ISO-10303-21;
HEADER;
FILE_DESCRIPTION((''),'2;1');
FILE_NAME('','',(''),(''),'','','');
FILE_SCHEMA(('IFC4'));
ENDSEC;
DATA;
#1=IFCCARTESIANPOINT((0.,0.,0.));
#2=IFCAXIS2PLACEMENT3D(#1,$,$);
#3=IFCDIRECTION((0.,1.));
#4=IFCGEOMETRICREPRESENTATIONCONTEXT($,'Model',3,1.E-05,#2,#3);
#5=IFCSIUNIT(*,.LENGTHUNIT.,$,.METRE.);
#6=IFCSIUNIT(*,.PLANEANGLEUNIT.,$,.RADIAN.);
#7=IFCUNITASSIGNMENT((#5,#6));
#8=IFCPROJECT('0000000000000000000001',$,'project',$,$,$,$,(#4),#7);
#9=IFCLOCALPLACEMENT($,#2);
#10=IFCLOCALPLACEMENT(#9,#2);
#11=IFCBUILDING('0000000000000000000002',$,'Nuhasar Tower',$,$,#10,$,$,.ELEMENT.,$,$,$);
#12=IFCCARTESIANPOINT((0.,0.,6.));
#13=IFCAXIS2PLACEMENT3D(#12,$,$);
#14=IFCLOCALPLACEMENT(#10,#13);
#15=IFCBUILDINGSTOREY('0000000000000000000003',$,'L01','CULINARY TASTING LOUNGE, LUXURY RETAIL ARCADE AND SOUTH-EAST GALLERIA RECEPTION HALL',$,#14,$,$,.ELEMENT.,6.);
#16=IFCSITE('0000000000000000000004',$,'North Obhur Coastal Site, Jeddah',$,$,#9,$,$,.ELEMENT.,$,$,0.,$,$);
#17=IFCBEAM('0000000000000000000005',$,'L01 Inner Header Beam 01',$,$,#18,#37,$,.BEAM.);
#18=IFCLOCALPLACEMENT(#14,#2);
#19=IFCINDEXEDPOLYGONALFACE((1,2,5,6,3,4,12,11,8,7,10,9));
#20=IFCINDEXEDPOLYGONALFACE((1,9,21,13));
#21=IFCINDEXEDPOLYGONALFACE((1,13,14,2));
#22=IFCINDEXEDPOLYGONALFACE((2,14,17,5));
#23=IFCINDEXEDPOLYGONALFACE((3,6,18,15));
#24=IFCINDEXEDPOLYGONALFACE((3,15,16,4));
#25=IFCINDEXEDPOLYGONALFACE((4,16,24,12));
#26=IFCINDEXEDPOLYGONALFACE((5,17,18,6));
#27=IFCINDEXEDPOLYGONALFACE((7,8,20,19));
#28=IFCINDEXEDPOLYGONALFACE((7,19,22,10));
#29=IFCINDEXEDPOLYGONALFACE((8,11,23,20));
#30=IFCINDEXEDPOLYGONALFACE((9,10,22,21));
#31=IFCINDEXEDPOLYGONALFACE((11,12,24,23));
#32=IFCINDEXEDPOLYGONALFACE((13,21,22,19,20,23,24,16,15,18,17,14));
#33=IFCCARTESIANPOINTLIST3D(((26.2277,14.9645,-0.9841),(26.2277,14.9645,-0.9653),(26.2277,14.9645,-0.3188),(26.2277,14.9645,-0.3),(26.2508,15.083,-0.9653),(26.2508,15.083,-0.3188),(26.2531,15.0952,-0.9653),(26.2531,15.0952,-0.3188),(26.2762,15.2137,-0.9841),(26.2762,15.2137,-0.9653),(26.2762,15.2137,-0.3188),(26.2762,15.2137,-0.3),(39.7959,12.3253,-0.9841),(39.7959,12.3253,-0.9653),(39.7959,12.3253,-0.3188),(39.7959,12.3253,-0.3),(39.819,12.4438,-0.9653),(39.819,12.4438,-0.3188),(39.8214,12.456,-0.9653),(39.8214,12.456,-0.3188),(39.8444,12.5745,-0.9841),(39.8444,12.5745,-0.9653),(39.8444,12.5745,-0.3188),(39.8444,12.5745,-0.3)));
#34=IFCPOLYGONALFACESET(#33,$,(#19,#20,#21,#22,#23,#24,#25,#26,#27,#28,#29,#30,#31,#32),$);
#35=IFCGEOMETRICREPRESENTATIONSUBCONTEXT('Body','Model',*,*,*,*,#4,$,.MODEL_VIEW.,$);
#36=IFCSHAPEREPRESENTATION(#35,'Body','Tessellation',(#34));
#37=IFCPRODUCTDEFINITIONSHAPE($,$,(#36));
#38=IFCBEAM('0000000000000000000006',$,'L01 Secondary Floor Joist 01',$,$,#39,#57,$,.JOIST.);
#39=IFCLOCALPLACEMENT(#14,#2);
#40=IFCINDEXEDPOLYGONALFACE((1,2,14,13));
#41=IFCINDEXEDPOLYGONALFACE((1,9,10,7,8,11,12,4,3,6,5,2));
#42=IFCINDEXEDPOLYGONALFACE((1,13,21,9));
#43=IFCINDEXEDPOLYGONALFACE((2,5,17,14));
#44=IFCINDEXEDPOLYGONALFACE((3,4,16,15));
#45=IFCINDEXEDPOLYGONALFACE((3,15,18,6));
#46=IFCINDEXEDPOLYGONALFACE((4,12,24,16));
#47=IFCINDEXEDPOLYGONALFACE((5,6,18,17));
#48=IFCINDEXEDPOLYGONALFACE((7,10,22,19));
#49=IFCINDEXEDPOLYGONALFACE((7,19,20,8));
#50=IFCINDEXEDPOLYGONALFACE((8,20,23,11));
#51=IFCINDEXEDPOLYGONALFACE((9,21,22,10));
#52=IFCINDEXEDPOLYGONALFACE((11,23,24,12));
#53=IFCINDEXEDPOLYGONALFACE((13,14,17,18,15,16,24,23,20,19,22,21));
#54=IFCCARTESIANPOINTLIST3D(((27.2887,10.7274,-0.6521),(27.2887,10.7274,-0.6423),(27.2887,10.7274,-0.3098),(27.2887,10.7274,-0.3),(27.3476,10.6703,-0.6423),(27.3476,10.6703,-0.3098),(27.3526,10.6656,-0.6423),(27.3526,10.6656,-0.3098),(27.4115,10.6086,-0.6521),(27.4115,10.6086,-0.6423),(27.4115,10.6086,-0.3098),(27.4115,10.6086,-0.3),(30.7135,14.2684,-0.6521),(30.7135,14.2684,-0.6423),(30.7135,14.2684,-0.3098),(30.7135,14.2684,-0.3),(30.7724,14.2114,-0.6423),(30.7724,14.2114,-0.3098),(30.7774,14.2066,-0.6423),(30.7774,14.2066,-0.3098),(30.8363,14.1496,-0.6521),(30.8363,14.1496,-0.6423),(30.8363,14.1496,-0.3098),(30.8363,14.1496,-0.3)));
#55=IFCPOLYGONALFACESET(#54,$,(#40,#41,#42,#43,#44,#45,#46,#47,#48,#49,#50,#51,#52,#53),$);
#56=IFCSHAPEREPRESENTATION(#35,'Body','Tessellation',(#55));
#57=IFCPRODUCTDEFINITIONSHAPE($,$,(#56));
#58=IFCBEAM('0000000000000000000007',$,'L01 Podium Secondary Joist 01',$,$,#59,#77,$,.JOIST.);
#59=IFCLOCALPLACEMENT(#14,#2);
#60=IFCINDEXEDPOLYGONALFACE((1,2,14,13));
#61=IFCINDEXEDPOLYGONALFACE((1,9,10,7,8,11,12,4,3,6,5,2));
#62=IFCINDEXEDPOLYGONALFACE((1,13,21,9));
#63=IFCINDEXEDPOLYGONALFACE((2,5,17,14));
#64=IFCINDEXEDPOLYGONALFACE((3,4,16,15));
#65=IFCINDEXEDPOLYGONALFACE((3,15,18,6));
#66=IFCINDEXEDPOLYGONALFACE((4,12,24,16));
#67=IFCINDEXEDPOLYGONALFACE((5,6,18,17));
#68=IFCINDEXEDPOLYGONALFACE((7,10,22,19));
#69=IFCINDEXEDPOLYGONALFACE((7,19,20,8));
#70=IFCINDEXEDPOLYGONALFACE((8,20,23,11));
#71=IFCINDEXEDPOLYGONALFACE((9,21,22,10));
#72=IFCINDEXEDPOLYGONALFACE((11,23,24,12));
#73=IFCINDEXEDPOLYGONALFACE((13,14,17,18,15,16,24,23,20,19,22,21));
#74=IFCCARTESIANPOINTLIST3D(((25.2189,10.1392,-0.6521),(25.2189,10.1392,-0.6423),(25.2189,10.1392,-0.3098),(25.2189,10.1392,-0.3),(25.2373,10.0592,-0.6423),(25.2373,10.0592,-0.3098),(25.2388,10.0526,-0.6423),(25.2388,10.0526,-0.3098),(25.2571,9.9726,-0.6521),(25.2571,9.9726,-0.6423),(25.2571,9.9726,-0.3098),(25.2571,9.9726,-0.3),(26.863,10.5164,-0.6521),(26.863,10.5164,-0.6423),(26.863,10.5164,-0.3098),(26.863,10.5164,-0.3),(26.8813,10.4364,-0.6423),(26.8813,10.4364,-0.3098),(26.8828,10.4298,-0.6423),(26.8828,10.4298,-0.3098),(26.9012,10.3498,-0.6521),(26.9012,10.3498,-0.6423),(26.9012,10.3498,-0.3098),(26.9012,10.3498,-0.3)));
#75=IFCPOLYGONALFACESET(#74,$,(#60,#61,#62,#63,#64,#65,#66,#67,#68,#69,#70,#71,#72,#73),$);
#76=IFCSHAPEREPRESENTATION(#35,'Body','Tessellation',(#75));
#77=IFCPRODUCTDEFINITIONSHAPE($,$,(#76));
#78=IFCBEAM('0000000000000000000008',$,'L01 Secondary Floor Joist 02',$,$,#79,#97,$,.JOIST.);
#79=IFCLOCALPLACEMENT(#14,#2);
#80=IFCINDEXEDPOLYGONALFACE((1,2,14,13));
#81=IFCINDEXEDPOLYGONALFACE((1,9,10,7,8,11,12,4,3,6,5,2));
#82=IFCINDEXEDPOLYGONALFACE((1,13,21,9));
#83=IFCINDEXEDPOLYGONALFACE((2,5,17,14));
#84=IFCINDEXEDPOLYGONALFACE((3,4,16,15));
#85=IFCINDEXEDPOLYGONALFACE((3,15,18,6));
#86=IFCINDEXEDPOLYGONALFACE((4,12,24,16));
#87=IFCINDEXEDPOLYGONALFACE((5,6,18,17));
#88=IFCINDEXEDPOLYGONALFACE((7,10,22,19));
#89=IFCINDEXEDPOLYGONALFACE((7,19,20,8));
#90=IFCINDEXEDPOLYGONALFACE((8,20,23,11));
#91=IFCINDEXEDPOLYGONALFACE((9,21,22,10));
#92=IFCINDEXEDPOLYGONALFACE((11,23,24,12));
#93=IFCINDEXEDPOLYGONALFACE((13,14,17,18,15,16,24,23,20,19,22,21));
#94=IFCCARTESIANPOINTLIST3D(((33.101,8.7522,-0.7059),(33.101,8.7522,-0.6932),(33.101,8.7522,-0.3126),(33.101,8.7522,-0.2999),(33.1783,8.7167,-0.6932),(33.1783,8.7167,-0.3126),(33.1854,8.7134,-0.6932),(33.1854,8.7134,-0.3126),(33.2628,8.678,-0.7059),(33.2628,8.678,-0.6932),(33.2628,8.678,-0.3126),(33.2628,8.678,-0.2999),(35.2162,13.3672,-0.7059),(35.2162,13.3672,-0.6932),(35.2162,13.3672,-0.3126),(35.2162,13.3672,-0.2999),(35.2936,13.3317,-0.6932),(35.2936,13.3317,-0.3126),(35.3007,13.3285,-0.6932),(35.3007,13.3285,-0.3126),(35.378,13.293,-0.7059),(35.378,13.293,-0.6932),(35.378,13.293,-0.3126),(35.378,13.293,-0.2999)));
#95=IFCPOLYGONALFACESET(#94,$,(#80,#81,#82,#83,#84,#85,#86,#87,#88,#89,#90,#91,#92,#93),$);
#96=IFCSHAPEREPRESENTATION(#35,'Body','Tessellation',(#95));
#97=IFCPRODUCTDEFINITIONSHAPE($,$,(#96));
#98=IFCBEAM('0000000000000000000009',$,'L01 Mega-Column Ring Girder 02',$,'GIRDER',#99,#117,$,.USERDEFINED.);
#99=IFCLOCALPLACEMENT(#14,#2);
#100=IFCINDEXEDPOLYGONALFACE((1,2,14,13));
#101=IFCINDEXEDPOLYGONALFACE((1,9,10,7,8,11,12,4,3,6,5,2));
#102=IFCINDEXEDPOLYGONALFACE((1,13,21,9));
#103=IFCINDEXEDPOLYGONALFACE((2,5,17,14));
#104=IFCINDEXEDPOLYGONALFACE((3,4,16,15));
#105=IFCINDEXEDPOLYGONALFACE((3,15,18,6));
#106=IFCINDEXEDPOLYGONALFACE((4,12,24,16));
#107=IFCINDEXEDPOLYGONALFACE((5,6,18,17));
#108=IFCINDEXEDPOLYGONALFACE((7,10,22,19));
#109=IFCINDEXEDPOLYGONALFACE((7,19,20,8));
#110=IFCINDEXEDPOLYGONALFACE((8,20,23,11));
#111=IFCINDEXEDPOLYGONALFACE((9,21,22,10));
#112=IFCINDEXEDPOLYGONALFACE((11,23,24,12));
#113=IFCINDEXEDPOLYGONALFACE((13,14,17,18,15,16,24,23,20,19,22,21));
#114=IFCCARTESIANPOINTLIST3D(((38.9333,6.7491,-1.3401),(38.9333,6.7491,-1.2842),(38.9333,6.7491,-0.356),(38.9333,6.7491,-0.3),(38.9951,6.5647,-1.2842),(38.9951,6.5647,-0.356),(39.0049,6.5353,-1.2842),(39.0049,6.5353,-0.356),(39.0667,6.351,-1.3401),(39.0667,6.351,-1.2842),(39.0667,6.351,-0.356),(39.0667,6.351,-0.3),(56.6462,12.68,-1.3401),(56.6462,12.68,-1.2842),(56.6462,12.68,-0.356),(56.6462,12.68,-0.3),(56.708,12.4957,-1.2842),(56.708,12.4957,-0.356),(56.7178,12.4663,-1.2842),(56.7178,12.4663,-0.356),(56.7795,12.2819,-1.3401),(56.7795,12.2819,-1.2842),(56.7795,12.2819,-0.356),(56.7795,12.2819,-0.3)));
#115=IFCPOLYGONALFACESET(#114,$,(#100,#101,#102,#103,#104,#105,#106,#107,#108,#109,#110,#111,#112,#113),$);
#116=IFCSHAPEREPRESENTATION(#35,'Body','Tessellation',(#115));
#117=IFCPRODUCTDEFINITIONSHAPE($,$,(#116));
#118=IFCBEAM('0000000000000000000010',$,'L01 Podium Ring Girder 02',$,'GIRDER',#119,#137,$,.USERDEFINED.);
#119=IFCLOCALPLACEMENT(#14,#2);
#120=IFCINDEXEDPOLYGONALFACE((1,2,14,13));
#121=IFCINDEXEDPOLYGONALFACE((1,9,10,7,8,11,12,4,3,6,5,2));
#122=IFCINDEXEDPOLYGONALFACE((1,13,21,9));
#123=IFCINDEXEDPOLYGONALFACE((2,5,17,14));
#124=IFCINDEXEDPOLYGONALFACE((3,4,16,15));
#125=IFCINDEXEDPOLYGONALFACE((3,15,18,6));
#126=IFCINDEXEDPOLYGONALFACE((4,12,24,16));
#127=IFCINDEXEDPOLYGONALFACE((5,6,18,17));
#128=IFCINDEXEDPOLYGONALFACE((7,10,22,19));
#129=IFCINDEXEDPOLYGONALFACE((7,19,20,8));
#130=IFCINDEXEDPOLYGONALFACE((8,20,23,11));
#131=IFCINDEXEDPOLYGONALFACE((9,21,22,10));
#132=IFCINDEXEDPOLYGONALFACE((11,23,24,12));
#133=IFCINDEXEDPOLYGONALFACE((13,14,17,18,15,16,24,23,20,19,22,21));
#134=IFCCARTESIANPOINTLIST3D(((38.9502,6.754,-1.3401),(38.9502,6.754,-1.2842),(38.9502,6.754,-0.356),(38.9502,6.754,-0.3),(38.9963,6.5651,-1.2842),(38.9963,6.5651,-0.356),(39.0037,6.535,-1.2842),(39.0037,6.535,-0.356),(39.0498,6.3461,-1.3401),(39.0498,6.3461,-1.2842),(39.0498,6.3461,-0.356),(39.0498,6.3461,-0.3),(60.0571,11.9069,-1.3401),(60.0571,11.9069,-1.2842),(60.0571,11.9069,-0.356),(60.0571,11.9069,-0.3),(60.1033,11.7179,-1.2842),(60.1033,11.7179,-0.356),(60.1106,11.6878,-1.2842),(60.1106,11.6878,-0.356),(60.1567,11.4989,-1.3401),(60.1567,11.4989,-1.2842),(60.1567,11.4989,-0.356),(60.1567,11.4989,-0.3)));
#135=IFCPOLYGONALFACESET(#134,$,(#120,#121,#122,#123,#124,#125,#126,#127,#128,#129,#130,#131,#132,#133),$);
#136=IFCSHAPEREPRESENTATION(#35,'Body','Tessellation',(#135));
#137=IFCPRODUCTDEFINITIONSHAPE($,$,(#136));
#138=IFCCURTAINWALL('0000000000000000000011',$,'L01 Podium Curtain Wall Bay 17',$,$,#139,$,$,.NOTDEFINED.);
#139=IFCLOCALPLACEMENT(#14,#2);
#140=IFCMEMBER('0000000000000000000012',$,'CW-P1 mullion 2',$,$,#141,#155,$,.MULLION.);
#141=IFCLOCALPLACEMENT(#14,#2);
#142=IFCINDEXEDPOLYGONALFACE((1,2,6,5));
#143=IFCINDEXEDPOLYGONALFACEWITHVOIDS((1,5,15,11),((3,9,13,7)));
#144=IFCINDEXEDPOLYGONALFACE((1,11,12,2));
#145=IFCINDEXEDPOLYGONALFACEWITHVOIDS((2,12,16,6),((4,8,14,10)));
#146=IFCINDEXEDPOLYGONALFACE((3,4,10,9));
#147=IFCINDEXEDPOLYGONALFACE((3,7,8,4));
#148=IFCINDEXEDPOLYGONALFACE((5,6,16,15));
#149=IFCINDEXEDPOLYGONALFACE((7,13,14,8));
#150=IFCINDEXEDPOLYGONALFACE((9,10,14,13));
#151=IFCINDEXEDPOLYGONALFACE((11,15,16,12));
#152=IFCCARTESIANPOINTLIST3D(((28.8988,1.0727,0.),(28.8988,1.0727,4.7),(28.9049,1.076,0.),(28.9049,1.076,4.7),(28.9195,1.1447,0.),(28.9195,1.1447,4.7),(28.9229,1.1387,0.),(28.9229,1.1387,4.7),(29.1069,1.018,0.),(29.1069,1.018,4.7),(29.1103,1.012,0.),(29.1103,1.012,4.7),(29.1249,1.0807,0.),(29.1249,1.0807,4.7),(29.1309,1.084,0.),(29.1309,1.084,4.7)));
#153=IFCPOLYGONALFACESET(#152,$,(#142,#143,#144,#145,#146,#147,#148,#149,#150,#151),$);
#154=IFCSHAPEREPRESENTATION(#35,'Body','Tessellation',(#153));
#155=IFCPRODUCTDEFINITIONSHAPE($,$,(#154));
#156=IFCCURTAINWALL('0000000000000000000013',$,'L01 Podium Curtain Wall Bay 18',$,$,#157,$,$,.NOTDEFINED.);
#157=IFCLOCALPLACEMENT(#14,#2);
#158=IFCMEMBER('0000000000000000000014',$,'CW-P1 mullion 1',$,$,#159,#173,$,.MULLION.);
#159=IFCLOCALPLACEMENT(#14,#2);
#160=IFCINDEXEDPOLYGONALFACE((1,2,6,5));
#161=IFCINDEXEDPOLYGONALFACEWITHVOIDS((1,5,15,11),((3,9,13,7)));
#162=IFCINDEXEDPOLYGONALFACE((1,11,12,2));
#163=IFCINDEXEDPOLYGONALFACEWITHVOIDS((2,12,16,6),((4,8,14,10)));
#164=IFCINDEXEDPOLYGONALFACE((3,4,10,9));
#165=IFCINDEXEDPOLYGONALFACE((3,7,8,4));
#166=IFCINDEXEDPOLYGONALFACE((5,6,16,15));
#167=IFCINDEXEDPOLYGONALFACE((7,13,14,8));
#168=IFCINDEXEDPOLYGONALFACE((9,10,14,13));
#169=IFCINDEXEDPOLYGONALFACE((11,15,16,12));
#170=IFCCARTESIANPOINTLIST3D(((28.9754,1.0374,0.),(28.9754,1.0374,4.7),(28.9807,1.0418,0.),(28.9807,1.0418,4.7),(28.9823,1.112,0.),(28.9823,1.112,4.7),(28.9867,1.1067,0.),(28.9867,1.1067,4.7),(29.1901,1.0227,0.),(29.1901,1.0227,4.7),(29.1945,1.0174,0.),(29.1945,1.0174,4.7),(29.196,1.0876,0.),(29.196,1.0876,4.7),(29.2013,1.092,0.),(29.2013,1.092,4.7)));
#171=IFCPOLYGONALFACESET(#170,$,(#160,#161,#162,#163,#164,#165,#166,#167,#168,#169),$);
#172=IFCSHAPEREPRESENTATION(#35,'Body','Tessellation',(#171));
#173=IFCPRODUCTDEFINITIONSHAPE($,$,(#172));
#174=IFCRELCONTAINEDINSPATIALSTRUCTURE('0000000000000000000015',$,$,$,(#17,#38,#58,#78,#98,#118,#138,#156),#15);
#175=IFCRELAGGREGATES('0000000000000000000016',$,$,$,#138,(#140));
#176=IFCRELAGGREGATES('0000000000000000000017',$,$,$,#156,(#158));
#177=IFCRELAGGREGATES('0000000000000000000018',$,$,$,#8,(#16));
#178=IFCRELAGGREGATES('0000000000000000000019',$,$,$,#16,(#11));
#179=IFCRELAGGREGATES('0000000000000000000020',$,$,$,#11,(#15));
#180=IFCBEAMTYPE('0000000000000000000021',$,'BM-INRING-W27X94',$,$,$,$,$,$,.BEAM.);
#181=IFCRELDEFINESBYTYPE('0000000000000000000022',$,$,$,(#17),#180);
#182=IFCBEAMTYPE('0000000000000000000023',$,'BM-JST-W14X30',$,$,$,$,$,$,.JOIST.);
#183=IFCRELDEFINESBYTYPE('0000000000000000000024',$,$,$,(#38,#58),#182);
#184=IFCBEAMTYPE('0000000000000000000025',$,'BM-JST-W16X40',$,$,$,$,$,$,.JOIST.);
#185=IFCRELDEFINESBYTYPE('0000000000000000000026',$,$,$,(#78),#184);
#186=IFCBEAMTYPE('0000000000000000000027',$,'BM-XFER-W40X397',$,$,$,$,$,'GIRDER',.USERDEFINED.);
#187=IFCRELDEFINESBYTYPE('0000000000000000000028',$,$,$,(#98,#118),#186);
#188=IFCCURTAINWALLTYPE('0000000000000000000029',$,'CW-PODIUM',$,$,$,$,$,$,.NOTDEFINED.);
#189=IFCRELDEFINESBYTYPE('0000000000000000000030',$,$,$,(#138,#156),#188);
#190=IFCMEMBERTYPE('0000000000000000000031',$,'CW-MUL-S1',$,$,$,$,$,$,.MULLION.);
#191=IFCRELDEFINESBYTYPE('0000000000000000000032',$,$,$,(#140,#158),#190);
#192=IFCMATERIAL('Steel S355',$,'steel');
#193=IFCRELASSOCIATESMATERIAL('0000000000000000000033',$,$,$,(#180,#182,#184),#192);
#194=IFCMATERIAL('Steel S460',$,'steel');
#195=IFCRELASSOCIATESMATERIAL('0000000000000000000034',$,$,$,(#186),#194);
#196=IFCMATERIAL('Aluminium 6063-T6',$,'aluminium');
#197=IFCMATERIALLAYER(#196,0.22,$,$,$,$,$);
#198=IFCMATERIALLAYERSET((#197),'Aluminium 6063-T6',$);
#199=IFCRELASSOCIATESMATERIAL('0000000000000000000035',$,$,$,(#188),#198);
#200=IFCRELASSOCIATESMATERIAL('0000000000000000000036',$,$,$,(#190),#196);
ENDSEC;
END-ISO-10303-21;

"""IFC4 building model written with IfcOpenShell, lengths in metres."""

from ifc_helpers import new_model, si_unit, direction, frame, origin, origin_2d, place, context, subcontext, project, spatial, hollow_rectangle, i_section, extrude, material, layer, layer_set, material_profile, profile_set, type_object, element, aggregate, save


model = new_model("IFC4")

# Units and contexts
model_context = context("Model", 3, precision=1e-05, world=origin(), true_north=direction((0.0, 1.0)))
body_context = subcontext(model_context, "Body", "Model", "MODEL_VIEW")
ifc_project = project(units=[si_unit("LENGTHUNIT", "METRE"), si_unit("PLANEANGLEUNIT", "RADIAN")], contexts=[model_context])

# Site, building, storey
site_placement = place(None, origin())
site = spatial("IfcSite", under=ifc_project, at=site_placement, Name="North Obhur Coastal Site, Jeddah", CompositionType="ELEMENT", RefElevation=0.0)
building_placement = place(site_placement, origin())
building = spatial("IfcBuilding", under=site, at=building_placement, Name="Nuhasar Tower", CompositionType="ELEMENT")
storey_placement = place(building_placement, frame((0.0, 0.0, 6.0)))
storey = spatial("IfcBuildingStorey", under=building, at=storey_placement, Name="L01", Description="CULINARY TASTING LOUNGE, LUXURY RETAIL ARCADE AND SOUTH-EAST GALLERIA RECEPTION HALL", CompositionType="ELEMENT", Elevation=6.0)

# Beams
ifc_material_1 = material(Name="Steel S355", Category="steel")
ifc_material_profile_1 = material_profile(ifc_material_1, i_section(OverallWidth=0.2539, OverallDepth=0.6841, WebThickness=0.0125, FlangeThickness=0.0188, at=origin_2d()), Name="W27X94")
ifc_profile_set_1 = profile_set([ifc_material_profile_1], Name="Steel S355")
beam_type_1 = type_object("IfcBeamType", Name="BM-INRING-W27X94", PredefinedType="BEAM", material=ifc_profile_set_1)
beam_1_placement = place(storey_placement, frame((26.252, 15.0891, -0.6421), z_axis=(0.981603, -0.190933, 0.0), x_axis=(0.190933, 0.981603, 0.0)))
element("IfcBeam", 1, at=beam_1_placement, inside=storey, type_object=beam_type_1, Name="L01 Inner Header Beam 01", PredefinedType="BEAM", context=body_context, shape_type="SweptSolid", body=[
    extrude(i_section(OverallWidth=0.2539, OverallDepth=0.6841, WebThickness=0.0125, FlangeThickness=0.0188, at=origin_2d()), origin(), (0.0, 0.0, 1.0), 13.8225),
])
ifc_material_profile_2 = material_profile(ifc_material_1, i_section(OverallWidth=0.1709, OverallDepth=0.3521, WebThickness=0.0068, FlangeThickness=0.0098, at=origin_2d()), Name="W14X30")
ifc_profile_set_2 = profile_set([ifc_material_profile_2], Name="Steel S355")
beam_type_2 = type_object("IfcBeamType", Name="BM-JST-W14X30", PredefinedType="JOIST", material=ifc_profile_set_2)
beam_2_placement = place(storey_placement, frame((30.7749, 14.209, -0.4761), z_axis=(-0.695213, -0.718803, 0.0), x_axis=(0.718803, -0.695213, 0.0)))
element("IfcBeam", 2, at=beam_2_placement, inside=storey, type_object=beam_type_2, Name="L01 Secondary Floor Joist 01", PredefinedType="JOIST", context=body_context, shape_type="SweptSolid", body=[
    extrude(i_section(OverallWidth=0.1709, OverallDepth=0.3521, WebThickness=0.0068, FlangeThickness=0.0098, at=origin_2d()), origin(), (0.0, 0.0, 1.0), 4.9263),
])
beam_3_placement = place(storey_placement, frame((26.8821, 10.4331, -0.4761), z_axis=(-0.974676, -0.223623, 0.0), x_axis=(0.223623, -0.974676, 0.0)))
element("IfcBeam", 3, at=beam_3_placement, inside=storey, type_object=beam_type_2, Name="L01 Podium Secondary Joist 01", PredefinedType="JOIST", context=body_context, shape_type="SweptSolid", body=[
    extrude(i_section(OverallWidth=0.1709, OverallDepth=0.3521, WebThickness=0.0068, FlangeThickness=0.0098, at=origin_2d()), origin(), (0.0, 0.0, 1.0), 1.6868),
])
ifc_material_profile_3 = material_profile(ifc_material_1, i_section(OverallWidth=0.178, OverallDepth=0.406, WebThickness=0.0078, FlangeThickness=0.0127, at=origin_2d()), Name="W16X40")
ifc_profile_set_3 = profile_set([ifc_material_profile_3], Name="Steel S355")
beam_type_3 = type_object("IfcBeamType", Name="BM-JST-W16X40", PredefinedType="JOIST", material=ifc_profile_set_3)
beam_4_placement = place(storey_placement, frame((35.2971, 13.3301, -0.5029), z_axis=(-0.41666, -0.909063, 0.0), x_axis=(0.909063, -0.41666, 0.0)))
element("IfcBeam", 4, at=beam_4_placement, inside=storey, type_object=beam_type_3, Name="L01 Secondary Floor Joist 02", PredefinedType="JOIST", context=body_context, shape_type="SweptSolid", body=[
    extrude(i_section(OverallWidth=0.178, OverallDepth=0.406, WebThickness=0.0078, FlangeThickness=0.0127, at=origin_2d()), origin(), (0.0, 0.0, 1.0), 5.0767),
])
ifc_material_2 = material(Name="Steel S460", Category="steel")
ifc_material_profile_4 = material_profile(ifc_material_2, i_section(OverallWidth=0.4199, OverallDepth=1.04, WebThickness=0.031, FlangeThickness=0.0559, at=origin_2d()), Name="W40X397")
ifc_profile_set_4 = profile_set([ifc_material_profile_4], Name="Steel S460")
beam_type_4 = type_object("IfcBeamType", Name="BM-XFER-W40X397", ElementType="GIRDER", PredefinedType="USERDEFINED", material=ifc_profile_set_4)
beam_5_placement = place(storey_placement, frame((39.0, 6.55, -0.8201), z_axis=(0.948255, 0.31751, 0.0), x_axis=(-0.31751, 0.948255, 0.0)))
element("IfcBeam", 5, at=beam_5_placement, inside=storey, type_object=beam_type_4, Name="L01 Mega-Column Ring Girder 02", ObjectType="GIRDER", PredefinedType="USERDEFINED", context=body_context, shape_type="SweptSolid", body=[
    extrude(i_section(OverallWidth=0.4199, OverallDepth=1.04, WebThickness=0.031, FlangeThickness=0.0559, at=origin_2d()), origin(), (0.0, 0.0, 1.0), 18.6794),
])
beam_6_placement = place(storey_placement, frame((39.0, 6.55, -0.8201), z_axis=(0.971469, 0.237165, 0.0), x_axis=(-0.237165, 0.971469, 0.0)))
element("IfcBeam", 6, at=beam_6_placement, inside=storey, type_object=beam_type_4, Name="L01 Podium Ring Girder 02", ObjectType="GIRDER", PredefinedType="USERDEFINED", context=body_context, shape_type="SweptSolid", body=[
    extrude(i_section(OverallWidth=0.4199, OverallDepth=1.04, WebThickness=0.031, FlangeThickness=0.0559, at=origin_2d()), origin(), (0.0, 0.0, 1.0), 21.7268),
])

# Curtain wall, member
ifc_material_3 = material(Name="Aluminium 6063-T6", Category="aluminium")
ifc_layer_1 = layer(ifc_material_3, 0.22)
ifc_layer_set_1 = layer_set([ifc_layer_1], Name="Aluminium 6063-T6")
curtain_wall_type = type_object("IfcCurtainWallType", Name="CW-PODIUM", PredefinedType="NOTDEFINED", material=ifc_layer_set_1)
curtain_wall_1_placement = place(storey_placement, origin())
curtain_wall_1 = element("IfcCurtainWall", 7, at=curtain_wall_1_placement, inside=storey, type_object=curtain_wall_type, Name="L01 Podium Curtain Wall Bay 17", PredefinedType="NOTDEFINED")
ifc_material_profile_5 = material_profile(ifc_material_3, hollow_rectangle(XDim=0.075, YDim=0.22, WallThickness=0.0049, at=origin_2d()), Name="CWM-1")
ifc_profile_set_5 = profile_set([ifc_material_profile_5], Name="Aluminium 6063-T6")
member_type_1 = type_object("IfcMemberType", Name="CW-MUL-S1", PredefinedType="MULLION", material=ifc_profile_set_5)
member_1_placement = place(storey_placement, frame((29.0149, 1.0784, 0.0), z_axis=(0.0, 0.0, 1.0), x_axis=(0.275885, 0.961191, 0.0)))
member_1 = element("IfcMember", 8, at=member_1_placement, type_object=member_type_1, Name="CW-P1 mullion 2", PredefinedType="MULLION", context=body_context, shape_type="SweptSolid", body=[
    extrude(hollow_rectangle(XDim=0.075, YDim=0.22, WallThickness=0.0049, at=origin_2d()), origin(), (0.0, 0.0, 1.0), 4.7),
])

# Curtain wall, member
curtain_wall_2_placement = place(storey_placement, origin())
curtain_wall_2 = element("IfcCurtainWall", 9, at=curtain_wall_2_placement, inside=storey, type_object=curtain_wall_type, Name="L01 Podium Curtain Wall Bay 18", PredefinedType="NOTDEFINED")
member_2_placement = place(storey_placement, frame((29.0884, 1.0647, 0.0), z_axis=(0.0, 0.0, 1.0), x_axis=(0.090888, 0.995861, 0.0)))
member_2 = element("IfcMember", 10, at=member_2_placement, type_object=member_type_1, Name="CW-P1 mullion 1", PredefinedType="MULLION", context=body_context, shape_type="SweptSolid", body=[
    extrude(hollow_rectangle(XDim=0.075, YDim=0.22, WallThickness=0.0049, at=origin_2d()), origin(), (0.0, 0.0, 1.0), 4.7),
])

aggregate(curtain_wall_1, [member_1])
aggregate(curtain_wall_2, [member_2])

save(model, "model.ifc")
